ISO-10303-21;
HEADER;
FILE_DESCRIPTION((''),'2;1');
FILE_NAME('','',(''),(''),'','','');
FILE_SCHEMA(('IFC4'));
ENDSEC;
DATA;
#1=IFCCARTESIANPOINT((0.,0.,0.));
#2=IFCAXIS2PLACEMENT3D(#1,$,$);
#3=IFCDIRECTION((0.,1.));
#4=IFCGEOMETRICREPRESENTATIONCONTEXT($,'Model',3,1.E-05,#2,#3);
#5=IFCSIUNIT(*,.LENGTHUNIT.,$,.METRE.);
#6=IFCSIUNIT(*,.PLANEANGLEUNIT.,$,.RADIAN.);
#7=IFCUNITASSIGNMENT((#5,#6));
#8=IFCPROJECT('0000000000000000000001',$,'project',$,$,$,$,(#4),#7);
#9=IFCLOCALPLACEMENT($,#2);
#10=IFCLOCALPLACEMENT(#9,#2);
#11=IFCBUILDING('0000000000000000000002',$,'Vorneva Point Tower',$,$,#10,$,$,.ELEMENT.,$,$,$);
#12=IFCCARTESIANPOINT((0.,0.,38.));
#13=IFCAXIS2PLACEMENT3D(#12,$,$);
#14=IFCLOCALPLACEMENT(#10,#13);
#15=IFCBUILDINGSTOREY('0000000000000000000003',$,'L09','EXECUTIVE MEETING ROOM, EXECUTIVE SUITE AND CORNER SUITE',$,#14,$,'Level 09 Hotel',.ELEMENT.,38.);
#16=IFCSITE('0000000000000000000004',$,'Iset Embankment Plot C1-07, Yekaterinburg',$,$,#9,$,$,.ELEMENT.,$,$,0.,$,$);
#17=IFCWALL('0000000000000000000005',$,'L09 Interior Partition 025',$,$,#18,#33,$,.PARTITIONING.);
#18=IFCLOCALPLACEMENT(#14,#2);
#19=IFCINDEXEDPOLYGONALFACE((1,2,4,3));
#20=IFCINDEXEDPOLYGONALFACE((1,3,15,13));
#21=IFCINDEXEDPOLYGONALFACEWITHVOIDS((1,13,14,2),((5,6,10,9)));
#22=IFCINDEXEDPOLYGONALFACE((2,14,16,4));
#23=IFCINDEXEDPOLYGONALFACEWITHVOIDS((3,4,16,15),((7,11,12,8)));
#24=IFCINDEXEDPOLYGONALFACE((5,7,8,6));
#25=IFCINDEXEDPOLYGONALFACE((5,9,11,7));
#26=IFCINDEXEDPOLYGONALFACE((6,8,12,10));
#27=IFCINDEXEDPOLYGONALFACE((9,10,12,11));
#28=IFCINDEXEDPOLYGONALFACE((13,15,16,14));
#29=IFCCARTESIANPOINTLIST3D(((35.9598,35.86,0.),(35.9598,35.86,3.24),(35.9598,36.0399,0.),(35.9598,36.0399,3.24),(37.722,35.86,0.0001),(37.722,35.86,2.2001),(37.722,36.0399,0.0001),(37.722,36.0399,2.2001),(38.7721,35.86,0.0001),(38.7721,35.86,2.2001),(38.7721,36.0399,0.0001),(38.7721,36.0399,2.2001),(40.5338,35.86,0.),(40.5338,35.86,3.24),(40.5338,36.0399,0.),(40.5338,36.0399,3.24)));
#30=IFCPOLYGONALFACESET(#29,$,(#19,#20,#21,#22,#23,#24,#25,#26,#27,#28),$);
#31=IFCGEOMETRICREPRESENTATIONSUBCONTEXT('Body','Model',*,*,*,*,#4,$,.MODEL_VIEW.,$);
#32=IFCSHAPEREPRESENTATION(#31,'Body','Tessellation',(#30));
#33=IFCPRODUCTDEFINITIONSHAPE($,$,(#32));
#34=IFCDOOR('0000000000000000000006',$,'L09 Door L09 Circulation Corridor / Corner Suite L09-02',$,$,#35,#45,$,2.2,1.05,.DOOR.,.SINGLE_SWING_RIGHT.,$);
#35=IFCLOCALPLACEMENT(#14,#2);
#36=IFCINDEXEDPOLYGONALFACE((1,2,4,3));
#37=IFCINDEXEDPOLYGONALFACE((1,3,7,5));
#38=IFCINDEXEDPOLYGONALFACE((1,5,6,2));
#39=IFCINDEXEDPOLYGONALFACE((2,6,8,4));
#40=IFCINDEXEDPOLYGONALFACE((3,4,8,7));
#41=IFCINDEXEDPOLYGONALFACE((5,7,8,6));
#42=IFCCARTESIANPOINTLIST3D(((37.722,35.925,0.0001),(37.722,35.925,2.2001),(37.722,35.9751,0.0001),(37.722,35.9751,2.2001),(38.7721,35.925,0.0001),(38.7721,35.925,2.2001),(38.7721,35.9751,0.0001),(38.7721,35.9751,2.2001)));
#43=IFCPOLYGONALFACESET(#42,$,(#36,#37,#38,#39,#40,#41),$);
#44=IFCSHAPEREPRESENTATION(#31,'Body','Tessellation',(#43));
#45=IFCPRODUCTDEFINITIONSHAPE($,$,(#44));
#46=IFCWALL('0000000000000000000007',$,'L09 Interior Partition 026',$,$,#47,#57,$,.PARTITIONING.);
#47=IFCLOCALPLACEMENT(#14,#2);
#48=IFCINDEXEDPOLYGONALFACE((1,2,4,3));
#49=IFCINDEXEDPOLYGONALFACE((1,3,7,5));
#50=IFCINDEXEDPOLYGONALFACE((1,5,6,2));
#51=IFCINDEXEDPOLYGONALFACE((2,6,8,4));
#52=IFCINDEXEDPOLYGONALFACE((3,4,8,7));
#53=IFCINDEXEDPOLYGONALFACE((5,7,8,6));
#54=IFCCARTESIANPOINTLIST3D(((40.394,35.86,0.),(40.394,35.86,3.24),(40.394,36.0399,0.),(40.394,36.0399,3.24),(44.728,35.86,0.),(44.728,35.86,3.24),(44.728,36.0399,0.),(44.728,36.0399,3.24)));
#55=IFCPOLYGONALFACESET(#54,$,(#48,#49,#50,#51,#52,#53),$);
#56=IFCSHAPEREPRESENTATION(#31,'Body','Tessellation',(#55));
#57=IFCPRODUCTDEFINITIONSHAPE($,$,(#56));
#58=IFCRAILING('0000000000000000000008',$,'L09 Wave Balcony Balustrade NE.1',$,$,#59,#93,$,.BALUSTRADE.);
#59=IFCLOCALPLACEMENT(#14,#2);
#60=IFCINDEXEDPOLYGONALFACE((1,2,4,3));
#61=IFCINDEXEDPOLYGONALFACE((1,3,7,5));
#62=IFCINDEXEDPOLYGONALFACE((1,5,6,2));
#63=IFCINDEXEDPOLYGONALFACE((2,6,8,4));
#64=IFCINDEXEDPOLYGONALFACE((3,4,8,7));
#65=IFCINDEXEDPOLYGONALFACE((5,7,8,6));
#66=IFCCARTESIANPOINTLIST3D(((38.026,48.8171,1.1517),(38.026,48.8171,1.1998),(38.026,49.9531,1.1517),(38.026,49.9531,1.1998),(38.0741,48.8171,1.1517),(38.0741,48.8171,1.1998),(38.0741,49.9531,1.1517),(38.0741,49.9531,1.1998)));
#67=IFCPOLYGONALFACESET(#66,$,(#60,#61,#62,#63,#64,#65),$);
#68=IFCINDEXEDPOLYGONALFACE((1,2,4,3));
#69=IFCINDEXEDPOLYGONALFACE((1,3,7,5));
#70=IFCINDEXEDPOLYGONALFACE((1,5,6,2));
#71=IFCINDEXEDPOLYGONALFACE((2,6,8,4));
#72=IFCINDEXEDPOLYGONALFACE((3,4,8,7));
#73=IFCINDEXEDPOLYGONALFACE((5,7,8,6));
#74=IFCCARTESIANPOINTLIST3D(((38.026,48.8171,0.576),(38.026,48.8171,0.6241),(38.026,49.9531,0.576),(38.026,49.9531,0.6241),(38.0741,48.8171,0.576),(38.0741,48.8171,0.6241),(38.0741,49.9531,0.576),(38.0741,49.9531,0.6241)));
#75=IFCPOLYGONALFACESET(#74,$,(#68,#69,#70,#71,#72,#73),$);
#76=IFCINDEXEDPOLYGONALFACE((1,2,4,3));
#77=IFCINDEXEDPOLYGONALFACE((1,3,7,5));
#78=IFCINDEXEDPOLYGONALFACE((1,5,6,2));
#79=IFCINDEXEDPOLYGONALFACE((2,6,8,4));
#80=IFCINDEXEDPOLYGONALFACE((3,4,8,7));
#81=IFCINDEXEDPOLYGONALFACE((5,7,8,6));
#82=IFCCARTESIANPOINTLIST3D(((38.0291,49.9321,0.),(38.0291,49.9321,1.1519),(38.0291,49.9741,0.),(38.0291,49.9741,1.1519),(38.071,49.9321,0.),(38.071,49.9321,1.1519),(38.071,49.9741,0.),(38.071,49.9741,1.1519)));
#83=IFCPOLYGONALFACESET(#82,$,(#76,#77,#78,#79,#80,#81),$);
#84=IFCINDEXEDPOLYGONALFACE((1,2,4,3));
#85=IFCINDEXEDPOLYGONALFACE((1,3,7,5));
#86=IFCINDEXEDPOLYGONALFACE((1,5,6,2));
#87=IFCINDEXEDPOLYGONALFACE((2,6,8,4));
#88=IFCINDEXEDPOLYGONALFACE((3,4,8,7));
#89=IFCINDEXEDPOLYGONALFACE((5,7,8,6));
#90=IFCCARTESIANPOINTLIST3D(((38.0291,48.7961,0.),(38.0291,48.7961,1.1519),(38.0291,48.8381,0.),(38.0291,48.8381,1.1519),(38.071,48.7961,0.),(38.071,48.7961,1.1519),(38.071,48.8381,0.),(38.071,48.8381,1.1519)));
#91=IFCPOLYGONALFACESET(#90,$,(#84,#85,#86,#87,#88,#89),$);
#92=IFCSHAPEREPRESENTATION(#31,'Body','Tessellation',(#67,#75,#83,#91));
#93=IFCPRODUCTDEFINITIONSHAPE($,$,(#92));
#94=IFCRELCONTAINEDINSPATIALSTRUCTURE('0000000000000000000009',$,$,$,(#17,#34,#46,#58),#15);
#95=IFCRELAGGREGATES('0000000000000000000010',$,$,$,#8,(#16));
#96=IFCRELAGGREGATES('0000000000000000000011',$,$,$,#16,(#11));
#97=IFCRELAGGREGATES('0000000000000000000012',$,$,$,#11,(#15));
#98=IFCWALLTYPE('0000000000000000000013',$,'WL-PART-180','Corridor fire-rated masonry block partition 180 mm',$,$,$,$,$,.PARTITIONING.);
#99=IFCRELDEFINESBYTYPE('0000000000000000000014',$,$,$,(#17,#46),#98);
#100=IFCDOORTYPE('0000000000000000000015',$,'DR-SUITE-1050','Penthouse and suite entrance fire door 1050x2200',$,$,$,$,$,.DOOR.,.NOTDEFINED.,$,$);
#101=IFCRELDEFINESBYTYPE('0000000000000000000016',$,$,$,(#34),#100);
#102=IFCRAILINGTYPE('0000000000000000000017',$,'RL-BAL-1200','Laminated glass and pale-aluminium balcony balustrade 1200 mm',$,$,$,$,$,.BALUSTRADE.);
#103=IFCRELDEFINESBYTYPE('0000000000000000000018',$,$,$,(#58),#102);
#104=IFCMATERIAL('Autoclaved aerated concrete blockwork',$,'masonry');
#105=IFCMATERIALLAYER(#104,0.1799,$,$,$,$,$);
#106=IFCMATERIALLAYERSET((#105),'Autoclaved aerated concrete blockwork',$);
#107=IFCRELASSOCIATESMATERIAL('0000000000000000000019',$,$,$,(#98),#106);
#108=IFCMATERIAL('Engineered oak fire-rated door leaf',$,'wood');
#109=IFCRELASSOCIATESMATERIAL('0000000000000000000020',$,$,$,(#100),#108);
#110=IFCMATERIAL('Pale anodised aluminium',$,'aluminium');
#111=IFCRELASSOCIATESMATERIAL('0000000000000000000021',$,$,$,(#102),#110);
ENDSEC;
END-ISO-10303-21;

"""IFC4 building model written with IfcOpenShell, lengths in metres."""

from ifc_helpers import new_model, si_unit, direction, frame, frame_2d, origin, origin_2d, place, context, subcontext, project, spatial, rectangle, extrude, material, layer, layer_set, type_object, element, fill, save


model = new_model("IFC4")

# Units and contexts
model_context = context("Model", 3, precision=1e-05, world=origin(), true_north=direction((0.0, 1.0)))
body_context = subcontext(model_context, "Body", "Model", "MODEL_VIEW")
ifc_project = project(units=[si_unit("LENGTHUNIT", "METRE"), si_unit("PLANEANGLEUNIT", "RADIAN")], contexts=[model_context])

# Site, building, storey
site_placement = place(None, origin())
site = spatial("IfcSite", under=ifc_project, at=site_placement, Name="Iset Embankment Plot C1-07, Yekaterinburg", CompositionType="ELEMENT", RefElevation=0.0)
building_placement = place(site_placement, origin())
building = spatial("IfcBuilding", under=site, at=building_placement, Name="Vorneva Point Tower", CompositionType="ELEMENT")
storey_placement = place(building_placement, frame((0.0, 0.0, 38.0)))
storey = spatial("IfcBuildingStorey", under=building, at=storey_placement, Name="L09", Description="EXECUTIVE MEETING ROOM, EXECUTIVE SUITE AND CORNER SUITE", LongName="Level 09 Hotel", CompositionType="ELEMENT", Elevation=38.0)

# Shared definitions
ifc_material_1 = material(Name="Pale anodised aluminium", Category="aluminium")

# Shared definitions
ifc_material_2 = material(Name="Engineered oak fire-rated door leaf", Category="wood")

# Wall, opening, door
ifc_material_3 = material(Name="Autoclaved aerated concrete blockwork", Category="masonry")
ifc_layer_1 = layer(ifc_material_3, 0.1799)
ifc_layer_set_1 = layer_set([ifc_layer_1], Name="Autoclaved aerated concrete blockwork")
wall_type_1 = type_object("IfcWallType", Name="WL-PART-180", Description="Corridor fire-rated masonry block partition 180 mm", PredefinedType="PARTITIONING", material=ifc_layer_set_1)
wall_1_placement = place(storey_placement, frame((40.5339, 35.95, 0.0), z_axis=(0.0, 0.0, 1.0), x_axis=(-1.0, 0.0, 0.0)))
wall_1 = element("IfcWall", 1, at=wall_1_placement, inside=storey, type_object=wall_type_1, Name="L09 Interior Partition 025", PredefinedType="PARTITIONING", context=body_context, shape_type="SweptSolid", body=[
    extrude(rectangle(XDim=4.574, YDim=0.1799, at=frame_2d((2.2871, 0.0))), origin(), (0.0, 0.0, 1.0), 3.24),
])
opening_1_placement = place(wall_1_placement, frame((1.762, 0.0, 0.0)))
opening_1 = element("IfcOpeningElement", 2, at=opening_1_placement, cuts=wall_1, PredefinedType="OPENING", context=body_context, shape_type="SweptSolid", body=[
    extrude(rectangle(XDim=1.05, YDim=2.2, at=frame_2d((0.5249, 1.1001))), frame((0.0, 0.105, 0.0), z_axis=(0.0, -1.0, 0.0), x_axis=(1.0, 0.0, 0.0)), (0.0, 0.0, 1.0), 0.2097),
])
door_type_1 = type_object("IfcDoorType", Name="DR-SUITE-1050", Description="Penthouse and suite entrance fire door 1050x2200", OperationType="NOTDEFINED", PredefinedType="DOOR", material=ifc_material_2)
door_1_placement = place(opening_1_placement, origin())
door_1 = element("IfcDoor", 3, at=door_1_placement, inside=storey, type_object=door_type_1, Name="L09 Door L09 Circulation Corridor / Corner Suite L09-02", OperationType="SINGLE_SWING_RIGHT", OverallHeight=2.2, OverallWidth=1.05, PredefinedType="DOOR", context=body_context, shape_type="SweptSolid", body=[
    extrude(rectangle(XDim=1.05, YDim=2.2, at=frame_2d((0.5249, 1.1001))), frame((0.0, 0.0249, 0.0), z_axis=(0.0, -1.0, 0.0), x_axis=(1.0, 0.0, 0.0)), (0.0, 0.0, 1.0), 0.05),
])
fill(opening_1, door_1)

# Wall
wall_2_placement = place(storey_placement, frame((44.728, 35.95, 0.0), z_axis=(0.0, 0.0, 1.0), x_axis=(-1.0, 0.0, 0.0)))
element("IfcWall", 4, at=wall_2_placement, inside=storey, type_object=wall_type_1, Name="L09 Interior Partition 026", PredefinedType="PARTITIONING", context=body_context, shape_type="SweptSolid", body=[
    extrude(rectangle(XDim=4.334, YDim=0.1799, at=frame_2d((2.167, 0.0))), origin(), (0.0, 0.0, 1.0), 3.24),
])

# Railing
railing_type = type_object("IfcRailingType", Name="RL-BAL-1200", Description="Laminated glass and pale-aluminium balcony balustrade 1200 mm", PredefinedType="BALUSTRADE", material=ifc_material_1)
railing_placement = place(storey_placement, frame((38.05, 49.9531, 0.0)))
element("IfcRailing", 5, at=railing_placement, inside=storey, type_object=railing_type, Name="L09 Wave Balcony Balustrade NE.1", PredefinedType="BALUSTRADE", context=body_context, shape_type="SweptSolid", body=[
    extrude(rectangle(XDim=0.0481, YDim=0.0481, at=origin_2d()), frame((0.0, 0.0, 1.1758), z_axis=(0.0, -1.0, 0.0), x_axis=(1.0, 0.0, 0.0)), (0.0, 0.0, 1.0), 1.136),
    extrude(rectangle(XDim=0.0481, YDim=0.0481, at=origin_2d()), frame((0.0, 0.0, 0.6001), z_axis=(0.0, -1.0, 0.0), x_axis=(1.0, 0.0, 0.0)), (0.0, 0.0, 1.0), 1.136),
    extrude(rectangle(XDim=0.042, YDim=0.042, at=origin_2d()), origin(), (0.0, 0.0, 1.0), 1.1519),
    extrude(rectangle(XDim=0.042, YDim=0.042, at=origin_2d()), frame((0.0, -1.136, 0.0)), (0.0, 0.0, 1.0), 1.1519),
])

save(model, "model.ifc")
